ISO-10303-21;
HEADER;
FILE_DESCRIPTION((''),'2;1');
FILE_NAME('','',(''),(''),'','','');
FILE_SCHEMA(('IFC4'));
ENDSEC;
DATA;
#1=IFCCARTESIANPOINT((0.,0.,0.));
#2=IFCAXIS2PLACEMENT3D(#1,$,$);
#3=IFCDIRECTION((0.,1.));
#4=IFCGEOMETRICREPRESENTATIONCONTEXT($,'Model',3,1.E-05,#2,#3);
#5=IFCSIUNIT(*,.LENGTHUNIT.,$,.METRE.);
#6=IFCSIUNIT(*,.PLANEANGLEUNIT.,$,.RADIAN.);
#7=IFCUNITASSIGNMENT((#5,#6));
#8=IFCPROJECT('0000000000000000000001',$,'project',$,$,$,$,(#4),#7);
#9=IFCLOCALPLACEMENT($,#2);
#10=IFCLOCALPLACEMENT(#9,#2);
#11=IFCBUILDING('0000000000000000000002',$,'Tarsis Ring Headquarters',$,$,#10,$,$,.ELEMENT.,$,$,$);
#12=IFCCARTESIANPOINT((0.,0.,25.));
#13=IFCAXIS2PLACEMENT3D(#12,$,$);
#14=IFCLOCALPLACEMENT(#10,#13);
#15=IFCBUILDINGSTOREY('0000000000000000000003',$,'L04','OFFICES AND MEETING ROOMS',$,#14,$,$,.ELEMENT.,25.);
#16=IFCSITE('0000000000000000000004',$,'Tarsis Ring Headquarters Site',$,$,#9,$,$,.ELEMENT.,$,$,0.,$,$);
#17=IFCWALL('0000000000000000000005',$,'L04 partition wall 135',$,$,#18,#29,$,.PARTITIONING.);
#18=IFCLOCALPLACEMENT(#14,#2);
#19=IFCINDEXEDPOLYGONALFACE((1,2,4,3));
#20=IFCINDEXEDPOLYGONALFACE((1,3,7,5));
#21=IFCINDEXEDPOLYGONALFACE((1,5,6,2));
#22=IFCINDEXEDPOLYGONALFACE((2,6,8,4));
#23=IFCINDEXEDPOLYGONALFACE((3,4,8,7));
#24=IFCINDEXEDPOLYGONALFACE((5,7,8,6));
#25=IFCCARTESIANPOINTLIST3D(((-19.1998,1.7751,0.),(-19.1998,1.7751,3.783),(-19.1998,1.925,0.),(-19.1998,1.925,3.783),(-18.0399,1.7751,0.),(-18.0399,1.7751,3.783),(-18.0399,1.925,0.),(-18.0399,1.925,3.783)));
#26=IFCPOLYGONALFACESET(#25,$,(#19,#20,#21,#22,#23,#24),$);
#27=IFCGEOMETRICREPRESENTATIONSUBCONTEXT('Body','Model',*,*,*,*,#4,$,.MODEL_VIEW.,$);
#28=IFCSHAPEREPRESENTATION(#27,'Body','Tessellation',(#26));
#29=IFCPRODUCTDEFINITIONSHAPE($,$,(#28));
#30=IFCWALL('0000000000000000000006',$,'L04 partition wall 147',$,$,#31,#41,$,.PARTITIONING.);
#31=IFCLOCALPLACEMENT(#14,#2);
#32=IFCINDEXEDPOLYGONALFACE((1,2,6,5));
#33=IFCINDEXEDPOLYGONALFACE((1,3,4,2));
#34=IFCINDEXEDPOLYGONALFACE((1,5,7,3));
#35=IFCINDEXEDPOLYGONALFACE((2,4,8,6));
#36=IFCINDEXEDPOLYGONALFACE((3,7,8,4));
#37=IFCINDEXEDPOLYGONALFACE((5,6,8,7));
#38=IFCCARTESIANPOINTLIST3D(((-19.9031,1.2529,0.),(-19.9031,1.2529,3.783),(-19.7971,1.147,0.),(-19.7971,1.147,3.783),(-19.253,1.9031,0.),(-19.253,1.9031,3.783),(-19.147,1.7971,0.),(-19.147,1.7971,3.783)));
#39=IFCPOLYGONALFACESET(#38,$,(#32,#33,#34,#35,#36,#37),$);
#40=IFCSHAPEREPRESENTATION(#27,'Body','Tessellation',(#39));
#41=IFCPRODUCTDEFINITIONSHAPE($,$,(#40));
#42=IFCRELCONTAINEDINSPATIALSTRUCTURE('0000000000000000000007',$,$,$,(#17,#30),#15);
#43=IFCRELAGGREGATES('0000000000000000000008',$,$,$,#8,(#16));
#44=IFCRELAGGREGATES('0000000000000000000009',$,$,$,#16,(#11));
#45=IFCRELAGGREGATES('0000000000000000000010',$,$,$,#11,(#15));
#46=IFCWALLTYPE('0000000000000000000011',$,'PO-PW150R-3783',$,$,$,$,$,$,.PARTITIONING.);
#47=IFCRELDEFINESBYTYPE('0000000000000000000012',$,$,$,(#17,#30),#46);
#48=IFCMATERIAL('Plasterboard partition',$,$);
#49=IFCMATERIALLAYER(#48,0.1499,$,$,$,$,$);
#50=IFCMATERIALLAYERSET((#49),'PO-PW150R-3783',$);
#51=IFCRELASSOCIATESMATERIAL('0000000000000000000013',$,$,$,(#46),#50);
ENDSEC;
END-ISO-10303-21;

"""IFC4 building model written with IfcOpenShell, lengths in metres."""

from ifc_helpers import new_model, si_unit, direction, frame, frame_2d, origin, place, context, subcontext, project, spatial, rectangle, extrude, material, layer, layer_set, type_object, element, save


model = new_model("IFC4")

# Units and contexts
model_context = context("Model", 3, precision=1e-05, world=origin(), true_north=direction((0.0, 1.0)))
body_context = subcontext(model_context, "Body", "Model", "MODEL_VIEW")
ifc_project = project(units=[si_unit("LENGTHUNIT", "METRE"), si_unit("PLANEANGLEUNIT", "RADIAN")], contexts=[model_context])

# Site, building, storey
site_placement = place(None, origin())
site = spatial("IfcSite", under=ifc_project, at=site_placement, Name="Tarsis Ring Headquarters Site", CompositionType="ELEMENT", RefElevation=0.0)
building_placement = place(site_placement, origin())
building = spatial("IfcBuilding", under=site, at=building_placement, Name="Tarsis Ring Headquarters", CompositionType="ELEMENT")
storey_placement = place(building_placement, frame((0.0, 0.0, 25.0)))
storey = spatial("IfcBuildingStorey", under=building, at=storey_placement, Name="L04", Description="OFFICES AND MEETING ROOMS", CompositionType="ELEMENT", Elevation=25.0)

# Shared definitions
ifc_material_1 = material(Name="Plasterboard partition")
ifc_layer_1 = layer(ifc_material_1, 0.1499)
ifc_layer_set_1 = layer_set([ifc_layer_1], Name="PO-PW150R-3783")
wall_type_1 = type_object("IfcWallType", Name="PO-PW150R-3783", PredefinedType="PARTITIONING", material=ifc_layer_set_1)

# Walls
wall_1_placement = place(storey_placement, frame((-19.2, 1.8501, 0.0), z_axis=(0.0, 0.0, 1.0), x_axis=(1.0, 0.0, 0.0)))
element("IfcWall", 1, at=wall_1_placement, inside=storey, type_object=wall_type_1, Name="L04 partition wall 135", PredefinedType="PARTITIONING", context=body_context, shape_type="SweptSolid", body=[
    extrude(rectangle(XDim=1.1599, YDim=0.1499, at=frame_2d((0.5801, 0.0))), origin(), (0.0, 0.0, 1.0), 3.783),
])
wall_2_placement = place(storey_placement, frame((-19.8501, 1.2, 0.0), z_axis=(0.0, 0.0, 1.0), x_axis=(0.707107, 0.707107, 0.0)))
element("IfcWall", 2, at=wall_2_placement, inside=storey, type_object=wall_type_1, Name="L04 partition wall 147", PredefinedType="PARTITIONING", context=body_context, shape_type="SweptSolid", body=[
    extrude(rectangle(XDim=0.9194, YDim=0.1499, at=frame_2d((0.4597, 0.0))), origin(), (0.0, 0.0, 1.0), 3.783),
])

save(model, "model.ifc")
